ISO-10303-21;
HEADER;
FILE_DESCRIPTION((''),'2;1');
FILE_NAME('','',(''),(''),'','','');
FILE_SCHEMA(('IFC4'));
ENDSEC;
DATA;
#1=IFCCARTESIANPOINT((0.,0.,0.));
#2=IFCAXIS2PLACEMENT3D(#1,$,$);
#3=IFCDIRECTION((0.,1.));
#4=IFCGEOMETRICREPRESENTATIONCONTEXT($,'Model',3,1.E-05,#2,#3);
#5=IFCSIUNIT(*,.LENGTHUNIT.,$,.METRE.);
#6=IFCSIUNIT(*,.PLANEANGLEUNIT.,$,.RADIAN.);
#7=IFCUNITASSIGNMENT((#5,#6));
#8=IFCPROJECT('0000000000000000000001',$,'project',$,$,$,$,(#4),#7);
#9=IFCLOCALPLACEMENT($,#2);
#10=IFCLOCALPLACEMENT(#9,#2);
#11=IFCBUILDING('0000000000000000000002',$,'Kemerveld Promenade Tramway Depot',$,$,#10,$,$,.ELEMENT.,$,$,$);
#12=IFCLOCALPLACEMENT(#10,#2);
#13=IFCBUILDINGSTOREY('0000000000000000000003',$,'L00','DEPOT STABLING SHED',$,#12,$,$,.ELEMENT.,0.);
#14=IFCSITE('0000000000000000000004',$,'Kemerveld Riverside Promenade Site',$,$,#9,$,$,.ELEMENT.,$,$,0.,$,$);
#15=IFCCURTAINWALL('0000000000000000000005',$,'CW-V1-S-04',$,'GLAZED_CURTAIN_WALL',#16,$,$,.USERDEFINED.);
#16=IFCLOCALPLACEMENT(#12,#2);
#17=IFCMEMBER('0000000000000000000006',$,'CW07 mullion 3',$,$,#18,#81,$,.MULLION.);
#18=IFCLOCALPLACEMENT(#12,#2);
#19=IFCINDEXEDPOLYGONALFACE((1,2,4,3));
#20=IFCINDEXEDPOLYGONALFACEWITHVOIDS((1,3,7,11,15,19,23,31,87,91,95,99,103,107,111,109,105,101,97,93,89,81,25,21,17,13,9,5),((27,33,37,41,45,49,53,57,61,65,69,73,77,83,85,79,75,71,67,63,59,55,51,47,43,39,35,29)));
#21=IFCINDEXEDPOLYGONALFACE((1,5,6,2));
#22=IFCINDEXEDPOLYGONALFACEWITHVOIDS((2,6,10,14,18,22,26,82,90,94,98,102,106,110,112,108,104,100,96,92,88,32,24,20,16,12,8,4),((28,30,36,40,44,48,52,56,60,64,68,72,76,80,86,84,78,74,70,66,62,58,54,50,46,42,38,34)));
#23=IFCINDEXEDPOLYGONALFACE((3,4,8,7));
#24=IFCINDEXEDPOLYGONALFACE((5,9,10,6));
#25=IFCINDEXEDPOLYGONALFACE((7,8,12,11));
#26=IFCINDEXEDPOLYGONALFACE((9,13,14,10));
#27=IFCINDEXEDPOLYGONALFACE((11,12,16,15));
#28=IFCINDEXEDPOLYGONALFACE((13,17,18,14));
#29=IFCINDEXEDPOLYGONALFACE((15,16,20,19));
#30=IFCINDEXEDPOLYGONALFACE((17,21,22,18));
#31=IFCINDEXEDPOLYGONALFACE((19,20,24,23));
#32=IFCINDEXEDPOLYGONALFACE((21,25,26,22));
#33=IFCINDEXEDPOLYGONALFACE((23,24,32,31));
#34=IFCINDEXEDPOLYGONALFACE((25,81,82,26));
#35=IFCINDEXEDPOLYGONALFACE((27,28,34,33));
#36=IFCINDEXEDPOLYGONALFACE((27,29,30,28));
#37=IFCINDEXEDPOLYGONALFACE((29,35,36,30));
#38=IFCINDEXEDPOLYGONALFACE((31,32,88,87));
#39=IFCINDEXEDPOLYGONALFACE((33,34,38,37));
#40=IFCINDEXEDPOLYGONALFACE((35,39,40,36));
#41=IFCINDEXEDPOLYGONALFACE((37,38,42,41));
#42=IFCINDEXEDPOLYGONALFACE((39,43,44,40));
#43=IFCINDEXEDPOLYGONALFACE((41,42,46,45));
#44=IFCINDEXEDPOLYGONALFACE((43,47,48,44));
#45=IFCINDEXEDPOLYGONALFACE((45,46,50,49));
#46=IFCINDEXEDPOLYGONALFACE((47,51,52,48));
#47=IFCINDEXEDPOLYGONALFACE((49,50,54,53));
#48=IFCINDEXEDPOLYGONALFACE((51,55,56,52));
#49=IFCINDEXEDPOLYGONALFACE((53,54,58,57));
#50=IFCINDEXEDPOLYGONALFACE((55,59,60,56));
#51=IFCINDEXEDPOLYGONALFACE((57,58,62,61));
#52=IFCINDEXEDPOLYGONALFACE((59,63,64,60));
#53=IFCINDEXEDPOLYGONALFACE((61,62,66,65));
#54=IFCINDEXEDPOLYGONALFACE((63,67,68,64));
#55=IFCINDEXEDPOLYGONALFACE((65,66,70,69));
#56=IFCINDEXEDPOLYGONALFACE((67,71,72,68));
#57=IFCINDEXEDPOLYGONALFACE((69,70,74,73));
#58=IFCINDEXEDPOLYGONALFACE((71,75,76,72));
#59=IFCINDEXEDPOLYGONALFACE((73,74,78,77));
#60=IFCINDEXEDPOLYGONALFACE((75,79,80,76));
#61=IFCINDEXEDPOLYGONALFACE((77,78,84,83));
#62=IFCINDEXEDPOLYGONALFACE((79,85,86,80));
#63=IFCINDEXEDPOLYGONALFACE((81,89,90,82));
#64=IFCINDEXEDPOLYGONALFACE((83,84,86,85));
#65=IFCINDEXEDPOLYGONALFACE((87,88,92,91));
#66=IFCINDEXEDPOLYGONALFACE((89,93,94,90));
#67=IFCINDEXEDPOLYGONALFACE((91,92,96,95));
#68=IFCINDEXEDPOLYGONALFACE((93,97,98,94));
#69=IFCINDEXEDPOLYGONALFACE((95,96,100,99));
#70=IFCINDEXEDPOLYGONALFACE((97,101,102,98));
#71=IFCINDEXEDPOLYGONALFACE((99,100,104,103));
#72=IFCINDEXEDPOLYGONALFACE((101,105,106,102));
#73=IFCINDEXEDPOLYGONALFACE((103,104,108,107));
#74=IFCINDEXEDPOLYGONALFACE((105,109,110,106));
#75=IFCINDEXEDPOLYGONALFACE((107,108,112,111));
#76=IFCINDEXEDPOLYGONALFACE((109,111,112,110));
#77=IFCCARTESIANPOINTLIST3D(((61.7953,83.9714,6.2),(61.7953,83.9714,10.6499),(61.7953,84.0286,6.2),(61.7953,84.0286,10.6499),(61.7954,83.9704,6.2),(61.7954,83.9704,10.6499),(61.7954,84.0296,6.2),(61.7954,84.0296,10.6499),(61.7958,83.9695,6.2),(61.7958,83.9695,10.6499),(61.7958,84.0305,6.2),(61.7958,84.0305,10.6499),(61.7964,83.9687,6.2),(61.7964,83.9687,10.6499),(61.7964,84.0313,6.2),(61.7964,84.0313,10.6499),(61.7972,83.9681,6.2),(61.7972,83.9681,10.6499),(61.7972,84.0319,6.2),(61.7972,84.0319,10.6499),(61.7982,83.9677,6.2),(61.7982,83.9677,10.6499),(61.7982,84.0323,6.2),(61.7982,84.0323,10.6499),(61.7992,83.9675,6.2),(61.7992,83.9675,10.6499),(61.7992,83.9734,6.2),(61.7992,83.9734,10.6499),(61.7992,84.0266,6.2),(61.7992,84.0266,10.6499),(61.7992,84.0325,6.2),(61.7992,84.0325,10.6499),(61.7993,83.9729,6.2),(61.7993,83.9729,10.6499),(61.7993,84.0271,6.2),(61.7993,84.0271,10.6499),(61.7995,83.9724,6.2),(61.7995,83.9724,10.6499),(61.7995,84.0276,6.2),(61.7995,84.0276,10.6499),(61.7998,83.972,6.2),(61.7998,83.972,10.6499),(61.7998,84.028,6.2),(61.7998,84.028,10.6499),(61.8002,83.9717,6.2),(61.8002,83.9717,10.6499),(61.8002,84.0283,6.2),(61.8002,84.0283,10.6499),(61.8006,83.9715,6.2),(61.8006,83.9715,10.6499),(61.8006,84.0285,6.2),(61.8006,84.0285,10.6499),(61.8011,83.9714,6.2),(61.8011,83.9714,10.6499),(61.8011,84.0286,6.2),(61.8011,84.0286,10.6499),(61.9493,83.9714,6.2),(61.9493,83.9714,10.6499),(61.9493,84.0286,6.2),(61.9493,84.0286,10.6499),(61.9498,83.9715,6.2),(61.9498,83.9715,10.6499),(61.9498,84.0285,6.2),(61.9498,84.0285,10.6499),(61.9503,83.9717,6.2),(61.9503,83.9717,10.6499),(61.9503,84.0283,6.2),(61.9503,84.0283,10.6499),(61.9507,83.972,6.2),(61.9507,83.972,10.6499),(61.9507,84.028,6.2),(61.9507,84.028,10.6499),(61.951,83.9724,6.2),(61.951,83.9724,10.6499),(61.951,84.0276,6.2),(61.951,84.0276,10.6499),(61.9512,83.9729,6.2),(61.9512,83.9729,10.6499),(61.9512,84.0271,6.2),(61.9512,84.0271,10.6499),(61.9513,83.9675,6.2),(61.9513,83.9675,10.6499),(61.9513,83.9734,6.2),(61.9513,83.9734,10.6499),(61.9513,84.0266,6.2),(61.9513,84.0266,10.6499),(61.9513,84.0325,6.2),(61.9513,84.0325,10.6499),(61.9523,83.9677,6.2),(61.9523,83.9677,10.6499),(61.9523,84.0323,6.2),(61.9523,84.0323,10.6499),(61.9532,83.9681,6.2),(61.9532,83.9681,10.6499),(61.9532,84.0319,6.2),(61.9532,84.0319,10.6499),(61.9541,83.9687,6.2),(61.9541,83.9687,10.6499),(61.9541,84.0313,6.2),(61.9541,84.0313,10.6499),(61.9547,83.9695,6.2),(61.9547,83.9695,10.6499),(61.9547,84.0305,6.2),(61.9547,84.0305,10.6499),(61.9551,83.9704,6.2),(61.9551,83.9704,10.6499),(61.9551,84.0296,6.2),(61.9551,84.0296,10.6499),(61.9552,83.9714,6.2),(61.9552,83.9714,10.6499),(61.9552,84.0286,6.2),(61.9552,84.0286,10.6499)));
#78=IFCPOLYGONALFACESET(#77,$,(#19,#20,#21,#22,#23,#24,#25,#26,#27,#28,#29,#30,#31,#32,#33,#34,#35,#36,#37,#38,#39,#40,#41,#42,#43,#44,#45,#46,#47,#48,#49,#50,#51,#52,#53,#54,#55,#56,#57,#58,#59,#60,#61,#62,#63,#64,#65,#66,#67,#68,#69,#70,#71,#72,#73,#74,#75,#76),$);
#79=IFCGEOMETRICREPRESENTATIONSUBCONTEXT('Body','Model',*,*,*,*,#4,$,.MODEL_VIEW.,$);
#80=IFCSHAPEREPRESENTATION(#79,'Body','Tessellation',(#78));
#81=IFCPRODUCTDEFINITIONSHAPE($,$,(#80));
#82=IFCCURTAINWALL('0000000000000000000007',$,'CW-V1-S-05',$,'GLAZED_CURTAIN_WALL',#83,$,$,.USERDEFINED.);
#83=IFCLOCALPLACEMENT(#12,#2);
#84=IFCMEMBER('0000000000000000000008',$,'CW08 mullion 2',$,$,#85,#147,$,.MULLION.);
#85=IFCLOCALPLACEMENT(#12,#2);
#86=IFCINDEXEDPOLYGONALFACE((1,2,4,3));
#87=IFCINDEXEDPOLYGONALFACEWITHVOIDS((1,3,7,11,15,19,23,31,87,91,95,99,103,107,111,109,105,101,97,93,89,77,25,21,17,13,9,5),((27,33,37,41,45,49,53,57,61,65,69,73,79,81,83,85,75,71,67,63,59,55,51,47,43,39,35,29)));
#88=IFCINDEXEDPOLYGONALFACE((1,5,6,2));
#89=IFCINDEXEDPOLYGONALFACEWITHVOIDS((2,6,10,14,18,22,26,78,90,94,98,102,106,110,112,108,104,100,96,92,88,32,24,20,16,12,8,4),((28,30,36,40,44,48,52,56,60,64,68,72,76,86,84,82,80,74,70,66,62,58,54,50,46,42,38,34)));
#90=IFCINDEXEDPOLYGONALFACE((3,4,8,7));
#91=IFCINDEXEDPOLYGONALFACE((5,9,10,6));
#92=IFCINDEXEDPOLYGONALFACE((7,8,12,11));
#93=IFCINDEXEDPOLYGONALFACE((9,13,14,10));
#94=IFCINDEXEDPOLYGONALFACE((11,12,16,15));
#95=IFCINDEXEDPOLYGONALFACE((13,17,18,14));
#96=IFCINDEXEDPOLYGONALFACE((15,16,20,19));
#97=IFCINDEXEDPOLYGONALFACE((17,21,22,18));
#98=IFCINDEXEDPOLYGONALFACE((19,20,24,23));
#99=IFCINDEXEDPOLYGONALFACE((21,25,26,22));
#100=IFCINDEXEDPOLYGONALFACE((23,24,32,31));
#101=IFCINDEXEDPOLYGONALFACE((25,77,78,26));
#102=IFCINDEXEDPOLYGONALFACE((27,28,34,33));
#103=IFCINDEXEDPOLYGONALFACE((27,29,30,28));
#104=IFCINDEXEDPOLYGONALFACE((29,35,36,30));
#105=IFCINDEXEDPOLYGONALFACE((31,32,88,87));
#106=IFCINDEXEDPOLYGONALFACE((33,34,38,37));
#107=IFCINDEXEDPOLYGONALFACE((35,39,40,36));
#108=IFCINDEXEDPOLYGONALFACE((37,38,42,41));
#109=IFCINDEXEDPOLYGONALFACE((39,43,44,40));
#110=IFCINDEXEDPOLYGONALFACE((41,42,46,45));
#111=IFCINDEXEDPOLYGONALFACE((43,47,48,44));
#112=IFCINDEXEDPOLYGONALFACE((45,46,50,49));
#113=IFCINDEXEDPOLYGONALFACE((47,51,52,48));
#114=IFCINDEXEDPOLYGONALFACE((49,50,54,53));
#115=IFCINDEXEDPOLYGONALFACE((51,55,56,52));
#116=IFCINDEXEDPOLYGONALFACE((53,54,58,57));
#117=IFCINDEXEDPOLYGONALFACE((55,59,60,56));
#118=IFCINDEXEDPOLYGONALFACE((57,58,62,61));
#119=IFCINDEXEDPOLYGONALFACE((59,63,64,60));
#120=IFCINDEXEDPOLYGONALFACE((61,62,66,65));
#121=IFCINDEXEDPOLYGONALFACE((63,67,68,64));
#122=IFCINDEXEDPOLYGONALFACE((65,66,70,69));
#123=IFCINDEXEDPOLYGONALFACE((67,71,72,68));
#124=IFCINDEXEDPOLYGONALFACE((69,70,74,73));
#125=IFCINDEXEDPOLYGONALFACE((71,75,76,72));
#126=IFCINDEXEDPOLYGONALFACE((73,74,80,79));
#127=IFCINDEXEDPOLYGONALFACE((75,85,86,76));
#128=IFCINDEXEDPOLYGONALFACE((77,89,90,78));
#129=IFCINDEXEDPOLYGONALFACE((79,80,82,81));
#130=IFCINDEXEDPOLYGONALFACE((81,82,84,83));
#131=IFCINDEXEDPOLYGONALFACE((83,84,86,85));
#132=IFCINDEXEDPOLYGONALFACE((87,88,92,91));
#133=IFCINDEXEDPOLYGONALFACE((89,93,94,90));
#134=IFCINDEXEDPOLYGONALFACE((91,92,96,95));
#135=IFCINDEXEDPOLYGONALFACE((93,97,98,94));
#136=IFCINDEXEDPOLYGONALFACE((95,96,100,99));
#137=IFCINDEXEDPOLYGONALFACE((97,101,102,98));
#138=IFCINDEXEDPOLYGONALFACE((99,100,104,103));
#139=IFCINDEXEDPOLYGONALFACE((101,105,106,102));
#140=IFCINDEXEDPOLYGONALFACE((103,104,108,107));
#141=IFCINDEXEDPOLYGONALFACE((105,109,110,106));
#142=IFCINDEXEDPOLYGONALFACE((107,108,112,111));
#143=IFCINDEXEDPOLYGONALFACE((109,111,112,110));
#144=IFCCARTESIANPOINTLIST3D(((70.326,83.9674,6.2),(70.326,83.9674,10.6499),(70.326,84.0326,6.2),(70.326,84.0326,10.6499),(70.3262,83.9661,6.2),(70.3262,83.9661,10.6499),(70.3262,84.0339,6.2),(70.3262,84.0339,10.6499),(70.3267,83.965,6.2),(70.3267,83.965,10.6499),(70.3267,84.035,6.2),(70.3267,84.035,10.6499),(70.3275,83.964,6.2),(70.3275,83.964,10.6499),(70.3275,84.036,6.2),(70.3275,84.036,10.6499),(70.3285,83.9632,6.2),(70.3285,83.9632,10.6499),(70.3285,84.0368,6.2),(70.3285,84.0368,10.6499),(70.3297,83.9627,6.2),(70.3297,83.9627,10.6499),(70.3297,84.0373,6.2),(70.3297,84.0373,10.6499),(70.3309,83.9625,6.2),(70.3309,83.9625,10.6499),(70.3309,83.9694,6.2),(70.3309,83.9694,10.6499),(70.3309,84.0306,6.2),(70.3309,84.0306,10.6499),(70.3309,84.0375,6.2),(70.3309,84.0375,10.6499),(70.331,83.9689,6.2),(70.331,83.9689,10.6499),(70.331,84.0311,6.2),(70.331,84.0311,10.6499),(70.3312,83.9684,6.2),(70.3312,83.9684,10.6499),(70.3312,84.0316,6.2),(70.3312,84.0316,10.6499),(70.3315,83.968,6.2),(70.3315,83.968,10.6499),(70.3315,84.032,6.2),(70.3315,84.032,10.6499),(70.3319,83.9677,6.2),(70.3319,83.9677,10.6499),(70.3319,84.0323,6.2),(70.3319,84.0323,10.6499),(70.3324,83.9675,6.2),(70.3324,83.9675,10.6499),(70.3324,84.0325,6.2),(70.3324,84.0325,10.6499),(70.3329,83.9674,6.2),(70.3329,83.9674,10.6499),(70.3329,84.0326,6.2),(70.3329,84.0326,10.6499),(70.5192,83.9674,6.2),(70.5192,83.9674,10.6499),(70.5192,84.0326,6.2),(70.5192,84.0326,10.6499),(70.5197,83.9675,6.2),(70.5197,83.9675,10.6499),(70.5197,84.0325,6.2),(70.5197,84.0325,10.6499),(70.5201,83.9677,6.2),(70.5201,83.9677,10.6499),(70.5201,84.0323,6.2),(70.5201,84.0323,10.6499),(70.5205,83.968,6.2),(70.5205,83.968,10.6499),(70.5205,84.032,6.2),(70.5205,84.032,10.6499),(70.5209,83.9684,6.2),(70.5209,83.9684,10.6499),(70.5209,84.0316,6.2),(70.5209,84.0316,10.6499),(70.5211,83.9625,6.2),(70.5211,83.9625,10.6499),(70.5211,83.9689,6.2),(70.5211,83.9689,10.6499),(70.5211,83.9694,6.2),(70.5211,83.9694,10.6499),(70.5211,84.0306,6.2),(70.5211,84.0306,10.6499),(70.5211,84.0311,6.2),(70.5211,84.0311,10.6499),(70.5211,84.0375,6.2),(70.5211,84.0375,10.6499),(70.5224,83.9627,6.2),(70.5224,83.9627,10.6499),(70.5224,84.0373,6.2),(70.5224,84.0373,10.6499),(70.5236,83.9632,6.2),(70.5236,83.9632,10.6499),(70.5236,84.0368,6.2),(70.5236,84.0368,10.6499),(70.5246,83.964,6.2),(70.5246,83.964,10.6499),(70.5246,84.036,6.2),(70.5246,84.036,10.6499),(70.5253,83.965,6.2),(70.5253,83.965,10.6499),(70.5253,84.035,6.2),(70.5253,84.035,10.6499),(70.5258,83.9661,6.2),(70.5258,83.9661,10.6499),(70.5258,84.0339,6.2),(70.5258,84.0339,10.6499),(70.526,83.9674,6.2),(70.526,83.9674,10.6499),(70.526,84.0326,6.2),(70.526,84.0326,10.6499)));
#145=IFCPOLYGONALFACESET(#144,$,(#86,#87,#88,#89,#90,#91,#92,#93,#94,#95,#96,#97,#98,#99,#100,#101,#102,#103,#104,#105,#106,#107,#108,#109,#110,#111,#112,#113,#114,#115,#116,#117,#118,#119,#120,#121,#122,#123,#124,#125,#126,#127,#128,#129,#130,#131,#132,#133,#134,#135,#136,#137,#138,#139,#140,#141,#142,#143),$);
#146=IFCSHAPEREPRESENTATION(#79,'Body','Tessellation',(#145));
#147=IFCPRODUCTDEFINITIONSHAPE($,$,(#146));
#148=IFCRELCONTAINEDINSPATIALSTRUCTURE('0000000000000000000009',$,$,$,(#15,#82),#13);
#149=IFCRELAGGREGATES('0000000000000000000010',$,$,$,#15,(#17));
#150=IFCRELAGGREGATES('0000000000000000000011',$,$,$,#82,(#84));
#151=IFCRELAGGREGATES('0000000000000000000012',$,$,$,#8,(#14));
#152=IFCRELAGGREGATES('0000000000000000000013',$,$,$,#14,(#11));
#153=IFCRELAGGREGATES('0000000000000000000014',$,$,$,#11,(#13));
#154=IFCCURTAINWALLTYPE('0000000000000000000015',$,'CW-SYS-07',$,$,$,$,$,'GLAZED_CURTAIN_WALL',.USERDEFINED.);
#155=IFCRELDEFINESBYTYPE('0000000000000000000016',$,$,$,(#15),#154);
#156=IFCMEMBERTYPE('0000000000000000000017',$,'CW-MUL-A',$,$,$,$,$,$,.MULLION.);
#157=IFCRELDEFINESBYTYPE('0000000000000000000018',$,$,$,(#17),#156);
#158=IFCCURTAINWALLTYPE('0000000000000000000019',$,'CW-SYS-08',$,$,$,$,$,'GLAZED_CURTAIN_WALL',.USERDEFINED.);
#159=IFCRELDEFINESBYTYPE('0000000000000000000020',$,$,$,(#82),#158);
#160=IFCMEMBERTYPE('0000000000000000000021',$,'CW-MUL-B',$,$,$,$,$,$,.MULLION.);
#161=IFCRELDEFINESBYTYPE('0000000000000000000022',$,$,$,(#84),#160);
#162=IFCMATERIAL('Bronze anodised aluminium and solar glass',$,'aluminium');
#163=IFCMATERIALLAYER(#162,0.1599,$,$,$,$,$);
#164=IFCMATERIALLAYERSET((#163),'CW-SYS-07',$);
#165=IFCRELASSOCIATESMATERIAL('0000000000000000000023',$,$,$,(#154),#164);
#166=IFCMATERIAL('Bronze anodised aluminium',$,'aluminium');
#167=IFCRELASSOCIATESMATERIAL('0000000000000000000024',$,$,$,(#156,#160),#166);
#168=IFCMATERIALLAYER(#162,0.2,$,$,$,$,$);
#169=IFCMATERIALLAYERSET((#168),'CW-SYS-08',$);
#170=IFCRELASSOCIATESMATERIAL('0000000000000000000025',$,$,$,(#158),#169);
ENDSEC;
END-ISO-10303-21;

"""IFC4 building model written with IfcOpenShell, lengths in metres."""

from ifc_helpers import new_model, si_unit, direction, frame, origin, origin_2d, place, context, subcontext, project, spatial, hollow_rectangle, extrude, material, layer, layer_set, material_profile, profile_set, type_object, element, aggregate, save


model = new_model("IFC4")

# Units and contexts
model_context = context("Model", 3, precision=1e-05, world=origin(), true_north=direction((0.0, 1.0)))
body_context = subcontext(model_context, "Body", "Model", "MODEL_VIEW")
ifc_project = project(units=[si_unit("LENGTHUNIT", "METRE"), si_unit("PLANEANGLEUNIT", "RADIAN")], contexts=[model_context])

# Site, building, storey
site_placement = place(None, origin())
site = spatial("IfcSite", under=ifc_project, at=site_placement, Name="Kemerveld Riverside Promenade Site", CompositionType="ELEMENT", RefElevation=0.0)
building_placement = place(site_placement, origin())
building = spatial("IfcBuilding", under=site, at=building_placement, Name="Kemerveld Promenade Tramway Depot", CompositionType="ELEMENT")
storey_placement = place(building_placement, origin())
storey = spatial("IfcBuildingStorey", under=building, at=storey_placement, Name="L00", Description="DEPOT STABLING SHED", CompositionType="ELEMENT", Elevation=0.0)

# Curtain walls, members
ifc_material_1 = material(Name="Bronze anodised aluminium and solar glass", Category="aluminium")
ifc_layer_1 = layer(ifc_material_1, 0.1599)
ifc_layer_set_1 = layer_set([ifc_layer_1], Name="CW-SYS-07")
curtain_wall_type_1 = type_object("IfcCurtainWallType", Name="CW-SYS-07", ElementType="GLAZED_CURTAIN_WALL", PredefinedType="USERDEFINED", material=ifc_layer_set_1)
curtain_wall_1_placement = place(storey_placement, origin())
curtain_wall_1 = element("IfcCurtainWall", 1, at=curtain_wall_1_placement, inside=storey, type_object=curtain_wall_type_1, Name="CW-V1-S-04", ObjectType="GLAZED_CURTAIN_WALL", PredefinedType="USERDEFINED")
ifc_material_2 = material(Name="Bronze anodised aluminium", Category="aluminium")
ifc_material_profile_1 = material_profile(ifc_material_2, hollow_rectangle(XDim=0.0649, YDim=0.1599, WallThickness=0.0039, InnerFilletRadius=0.002, OuterFilletRadius=0.0039, at=origin_2d()), Name="CW-MUL-160x65")
ifc_profile_set_1 = profile_set([ifc_material_profile_1], Name="Bronze anodised aluminium")
member_type_1 = type_object("IfcMemberType", Name="CW-MUL-A", PredefinedType="MULLION", material=ifc_profile_set_1)
member_1_placement = place(storey_placement, frame((61.8752, 84.0, 6.2), z_axis=(0.0, 0.0, 1.0), x_axis=(0.0, -1.0, 0.0)))
member_1 = element("IfcMember", 2, at=member_1_placement, type_object=member_type_1, Name="CW07 mullion 3", PredefinedType="MULLION", context=body_context, shape_type="SweptSolid", body=[
    extrude(hollow_rectangle(XDim=0.0649, YDim=0.1599, WallThickness=0.0039, InnerFilletRadius=0.002, OuterFilletRadius=0.0039, at=origin_2d()), origin(), (0.0, 0.0, 1.0), 4.45),
])
ifc_layer_2 = layer(ifc_material_1, 0.2)
ifc_layer_set_2 = layer_set([ifc_layer_2], Name="CW-SYS-08")
curtain_wall_type_2 = type_object("IfcCurtainWallType", Name="CW-SYS-08", ElementType="GLAZED_CURTAIN_WALL", PredefinedType="USERDEFINED", material=ifc_layer_set_2)
curtain_wall_2_placement = place(storey_placement, origin())
curtain_wall_2 = element("IfcCurtainWall", 3, at=curtain_wall_2_placement, inside=storey, type_object=curtain_wall_type_2, Name="CW-V1-S-05", ObjectType="GLAZED_CURTAIN_WALL", PredefinedType="USERDEFINED")
ifc_material_profile_2 = material_profile(ifc_material_2, hollow_rectangle(XDim=0.075, YDim=0.2, WallThickness=0.0049, InnerFilletRadius=0.002, OuterFilletRadius=0.0049, at=origin_2d()), Name="CW-MUL-200x75")
ifc_profile_set_2 = profile_set([ifc_material_profile_2], Name="Bronze anodised aluminium")
member_type_2 = type_object("IfcMemberType", Name="CW-MUL-B", PredefinedType="MULLION", material=ifc_profile_set_2)
member_2_placement = place(storey_placement, frame((70.426, 84.0, 6.2), z_axis=(0.0, 0.0, 1.0), x_axis=(0.0, -1.0, 0.0)))
member_2 = element("IfcMember", 4, at=member_2_placement, type_object=member_type_2, Name="CW08 mullion 2", PredefinedType="MULLION", context=body_context, shape_type="SweptSolid", body=[
    extrude(hollow_rectangle(XDim=0.075, YDim=0.2, WallThickness=0.0049, InnerFilletRadius=0.002, OuterFilletRadius=0.0049, at=origin_2d()), origin(), (0.0, 0.0, 1.0), 4.45),
])

aggregate(curtain_wall_1, [member_1])
aggregate(curtain_wall_2, [member_2])

save(model, "model.ifc")
